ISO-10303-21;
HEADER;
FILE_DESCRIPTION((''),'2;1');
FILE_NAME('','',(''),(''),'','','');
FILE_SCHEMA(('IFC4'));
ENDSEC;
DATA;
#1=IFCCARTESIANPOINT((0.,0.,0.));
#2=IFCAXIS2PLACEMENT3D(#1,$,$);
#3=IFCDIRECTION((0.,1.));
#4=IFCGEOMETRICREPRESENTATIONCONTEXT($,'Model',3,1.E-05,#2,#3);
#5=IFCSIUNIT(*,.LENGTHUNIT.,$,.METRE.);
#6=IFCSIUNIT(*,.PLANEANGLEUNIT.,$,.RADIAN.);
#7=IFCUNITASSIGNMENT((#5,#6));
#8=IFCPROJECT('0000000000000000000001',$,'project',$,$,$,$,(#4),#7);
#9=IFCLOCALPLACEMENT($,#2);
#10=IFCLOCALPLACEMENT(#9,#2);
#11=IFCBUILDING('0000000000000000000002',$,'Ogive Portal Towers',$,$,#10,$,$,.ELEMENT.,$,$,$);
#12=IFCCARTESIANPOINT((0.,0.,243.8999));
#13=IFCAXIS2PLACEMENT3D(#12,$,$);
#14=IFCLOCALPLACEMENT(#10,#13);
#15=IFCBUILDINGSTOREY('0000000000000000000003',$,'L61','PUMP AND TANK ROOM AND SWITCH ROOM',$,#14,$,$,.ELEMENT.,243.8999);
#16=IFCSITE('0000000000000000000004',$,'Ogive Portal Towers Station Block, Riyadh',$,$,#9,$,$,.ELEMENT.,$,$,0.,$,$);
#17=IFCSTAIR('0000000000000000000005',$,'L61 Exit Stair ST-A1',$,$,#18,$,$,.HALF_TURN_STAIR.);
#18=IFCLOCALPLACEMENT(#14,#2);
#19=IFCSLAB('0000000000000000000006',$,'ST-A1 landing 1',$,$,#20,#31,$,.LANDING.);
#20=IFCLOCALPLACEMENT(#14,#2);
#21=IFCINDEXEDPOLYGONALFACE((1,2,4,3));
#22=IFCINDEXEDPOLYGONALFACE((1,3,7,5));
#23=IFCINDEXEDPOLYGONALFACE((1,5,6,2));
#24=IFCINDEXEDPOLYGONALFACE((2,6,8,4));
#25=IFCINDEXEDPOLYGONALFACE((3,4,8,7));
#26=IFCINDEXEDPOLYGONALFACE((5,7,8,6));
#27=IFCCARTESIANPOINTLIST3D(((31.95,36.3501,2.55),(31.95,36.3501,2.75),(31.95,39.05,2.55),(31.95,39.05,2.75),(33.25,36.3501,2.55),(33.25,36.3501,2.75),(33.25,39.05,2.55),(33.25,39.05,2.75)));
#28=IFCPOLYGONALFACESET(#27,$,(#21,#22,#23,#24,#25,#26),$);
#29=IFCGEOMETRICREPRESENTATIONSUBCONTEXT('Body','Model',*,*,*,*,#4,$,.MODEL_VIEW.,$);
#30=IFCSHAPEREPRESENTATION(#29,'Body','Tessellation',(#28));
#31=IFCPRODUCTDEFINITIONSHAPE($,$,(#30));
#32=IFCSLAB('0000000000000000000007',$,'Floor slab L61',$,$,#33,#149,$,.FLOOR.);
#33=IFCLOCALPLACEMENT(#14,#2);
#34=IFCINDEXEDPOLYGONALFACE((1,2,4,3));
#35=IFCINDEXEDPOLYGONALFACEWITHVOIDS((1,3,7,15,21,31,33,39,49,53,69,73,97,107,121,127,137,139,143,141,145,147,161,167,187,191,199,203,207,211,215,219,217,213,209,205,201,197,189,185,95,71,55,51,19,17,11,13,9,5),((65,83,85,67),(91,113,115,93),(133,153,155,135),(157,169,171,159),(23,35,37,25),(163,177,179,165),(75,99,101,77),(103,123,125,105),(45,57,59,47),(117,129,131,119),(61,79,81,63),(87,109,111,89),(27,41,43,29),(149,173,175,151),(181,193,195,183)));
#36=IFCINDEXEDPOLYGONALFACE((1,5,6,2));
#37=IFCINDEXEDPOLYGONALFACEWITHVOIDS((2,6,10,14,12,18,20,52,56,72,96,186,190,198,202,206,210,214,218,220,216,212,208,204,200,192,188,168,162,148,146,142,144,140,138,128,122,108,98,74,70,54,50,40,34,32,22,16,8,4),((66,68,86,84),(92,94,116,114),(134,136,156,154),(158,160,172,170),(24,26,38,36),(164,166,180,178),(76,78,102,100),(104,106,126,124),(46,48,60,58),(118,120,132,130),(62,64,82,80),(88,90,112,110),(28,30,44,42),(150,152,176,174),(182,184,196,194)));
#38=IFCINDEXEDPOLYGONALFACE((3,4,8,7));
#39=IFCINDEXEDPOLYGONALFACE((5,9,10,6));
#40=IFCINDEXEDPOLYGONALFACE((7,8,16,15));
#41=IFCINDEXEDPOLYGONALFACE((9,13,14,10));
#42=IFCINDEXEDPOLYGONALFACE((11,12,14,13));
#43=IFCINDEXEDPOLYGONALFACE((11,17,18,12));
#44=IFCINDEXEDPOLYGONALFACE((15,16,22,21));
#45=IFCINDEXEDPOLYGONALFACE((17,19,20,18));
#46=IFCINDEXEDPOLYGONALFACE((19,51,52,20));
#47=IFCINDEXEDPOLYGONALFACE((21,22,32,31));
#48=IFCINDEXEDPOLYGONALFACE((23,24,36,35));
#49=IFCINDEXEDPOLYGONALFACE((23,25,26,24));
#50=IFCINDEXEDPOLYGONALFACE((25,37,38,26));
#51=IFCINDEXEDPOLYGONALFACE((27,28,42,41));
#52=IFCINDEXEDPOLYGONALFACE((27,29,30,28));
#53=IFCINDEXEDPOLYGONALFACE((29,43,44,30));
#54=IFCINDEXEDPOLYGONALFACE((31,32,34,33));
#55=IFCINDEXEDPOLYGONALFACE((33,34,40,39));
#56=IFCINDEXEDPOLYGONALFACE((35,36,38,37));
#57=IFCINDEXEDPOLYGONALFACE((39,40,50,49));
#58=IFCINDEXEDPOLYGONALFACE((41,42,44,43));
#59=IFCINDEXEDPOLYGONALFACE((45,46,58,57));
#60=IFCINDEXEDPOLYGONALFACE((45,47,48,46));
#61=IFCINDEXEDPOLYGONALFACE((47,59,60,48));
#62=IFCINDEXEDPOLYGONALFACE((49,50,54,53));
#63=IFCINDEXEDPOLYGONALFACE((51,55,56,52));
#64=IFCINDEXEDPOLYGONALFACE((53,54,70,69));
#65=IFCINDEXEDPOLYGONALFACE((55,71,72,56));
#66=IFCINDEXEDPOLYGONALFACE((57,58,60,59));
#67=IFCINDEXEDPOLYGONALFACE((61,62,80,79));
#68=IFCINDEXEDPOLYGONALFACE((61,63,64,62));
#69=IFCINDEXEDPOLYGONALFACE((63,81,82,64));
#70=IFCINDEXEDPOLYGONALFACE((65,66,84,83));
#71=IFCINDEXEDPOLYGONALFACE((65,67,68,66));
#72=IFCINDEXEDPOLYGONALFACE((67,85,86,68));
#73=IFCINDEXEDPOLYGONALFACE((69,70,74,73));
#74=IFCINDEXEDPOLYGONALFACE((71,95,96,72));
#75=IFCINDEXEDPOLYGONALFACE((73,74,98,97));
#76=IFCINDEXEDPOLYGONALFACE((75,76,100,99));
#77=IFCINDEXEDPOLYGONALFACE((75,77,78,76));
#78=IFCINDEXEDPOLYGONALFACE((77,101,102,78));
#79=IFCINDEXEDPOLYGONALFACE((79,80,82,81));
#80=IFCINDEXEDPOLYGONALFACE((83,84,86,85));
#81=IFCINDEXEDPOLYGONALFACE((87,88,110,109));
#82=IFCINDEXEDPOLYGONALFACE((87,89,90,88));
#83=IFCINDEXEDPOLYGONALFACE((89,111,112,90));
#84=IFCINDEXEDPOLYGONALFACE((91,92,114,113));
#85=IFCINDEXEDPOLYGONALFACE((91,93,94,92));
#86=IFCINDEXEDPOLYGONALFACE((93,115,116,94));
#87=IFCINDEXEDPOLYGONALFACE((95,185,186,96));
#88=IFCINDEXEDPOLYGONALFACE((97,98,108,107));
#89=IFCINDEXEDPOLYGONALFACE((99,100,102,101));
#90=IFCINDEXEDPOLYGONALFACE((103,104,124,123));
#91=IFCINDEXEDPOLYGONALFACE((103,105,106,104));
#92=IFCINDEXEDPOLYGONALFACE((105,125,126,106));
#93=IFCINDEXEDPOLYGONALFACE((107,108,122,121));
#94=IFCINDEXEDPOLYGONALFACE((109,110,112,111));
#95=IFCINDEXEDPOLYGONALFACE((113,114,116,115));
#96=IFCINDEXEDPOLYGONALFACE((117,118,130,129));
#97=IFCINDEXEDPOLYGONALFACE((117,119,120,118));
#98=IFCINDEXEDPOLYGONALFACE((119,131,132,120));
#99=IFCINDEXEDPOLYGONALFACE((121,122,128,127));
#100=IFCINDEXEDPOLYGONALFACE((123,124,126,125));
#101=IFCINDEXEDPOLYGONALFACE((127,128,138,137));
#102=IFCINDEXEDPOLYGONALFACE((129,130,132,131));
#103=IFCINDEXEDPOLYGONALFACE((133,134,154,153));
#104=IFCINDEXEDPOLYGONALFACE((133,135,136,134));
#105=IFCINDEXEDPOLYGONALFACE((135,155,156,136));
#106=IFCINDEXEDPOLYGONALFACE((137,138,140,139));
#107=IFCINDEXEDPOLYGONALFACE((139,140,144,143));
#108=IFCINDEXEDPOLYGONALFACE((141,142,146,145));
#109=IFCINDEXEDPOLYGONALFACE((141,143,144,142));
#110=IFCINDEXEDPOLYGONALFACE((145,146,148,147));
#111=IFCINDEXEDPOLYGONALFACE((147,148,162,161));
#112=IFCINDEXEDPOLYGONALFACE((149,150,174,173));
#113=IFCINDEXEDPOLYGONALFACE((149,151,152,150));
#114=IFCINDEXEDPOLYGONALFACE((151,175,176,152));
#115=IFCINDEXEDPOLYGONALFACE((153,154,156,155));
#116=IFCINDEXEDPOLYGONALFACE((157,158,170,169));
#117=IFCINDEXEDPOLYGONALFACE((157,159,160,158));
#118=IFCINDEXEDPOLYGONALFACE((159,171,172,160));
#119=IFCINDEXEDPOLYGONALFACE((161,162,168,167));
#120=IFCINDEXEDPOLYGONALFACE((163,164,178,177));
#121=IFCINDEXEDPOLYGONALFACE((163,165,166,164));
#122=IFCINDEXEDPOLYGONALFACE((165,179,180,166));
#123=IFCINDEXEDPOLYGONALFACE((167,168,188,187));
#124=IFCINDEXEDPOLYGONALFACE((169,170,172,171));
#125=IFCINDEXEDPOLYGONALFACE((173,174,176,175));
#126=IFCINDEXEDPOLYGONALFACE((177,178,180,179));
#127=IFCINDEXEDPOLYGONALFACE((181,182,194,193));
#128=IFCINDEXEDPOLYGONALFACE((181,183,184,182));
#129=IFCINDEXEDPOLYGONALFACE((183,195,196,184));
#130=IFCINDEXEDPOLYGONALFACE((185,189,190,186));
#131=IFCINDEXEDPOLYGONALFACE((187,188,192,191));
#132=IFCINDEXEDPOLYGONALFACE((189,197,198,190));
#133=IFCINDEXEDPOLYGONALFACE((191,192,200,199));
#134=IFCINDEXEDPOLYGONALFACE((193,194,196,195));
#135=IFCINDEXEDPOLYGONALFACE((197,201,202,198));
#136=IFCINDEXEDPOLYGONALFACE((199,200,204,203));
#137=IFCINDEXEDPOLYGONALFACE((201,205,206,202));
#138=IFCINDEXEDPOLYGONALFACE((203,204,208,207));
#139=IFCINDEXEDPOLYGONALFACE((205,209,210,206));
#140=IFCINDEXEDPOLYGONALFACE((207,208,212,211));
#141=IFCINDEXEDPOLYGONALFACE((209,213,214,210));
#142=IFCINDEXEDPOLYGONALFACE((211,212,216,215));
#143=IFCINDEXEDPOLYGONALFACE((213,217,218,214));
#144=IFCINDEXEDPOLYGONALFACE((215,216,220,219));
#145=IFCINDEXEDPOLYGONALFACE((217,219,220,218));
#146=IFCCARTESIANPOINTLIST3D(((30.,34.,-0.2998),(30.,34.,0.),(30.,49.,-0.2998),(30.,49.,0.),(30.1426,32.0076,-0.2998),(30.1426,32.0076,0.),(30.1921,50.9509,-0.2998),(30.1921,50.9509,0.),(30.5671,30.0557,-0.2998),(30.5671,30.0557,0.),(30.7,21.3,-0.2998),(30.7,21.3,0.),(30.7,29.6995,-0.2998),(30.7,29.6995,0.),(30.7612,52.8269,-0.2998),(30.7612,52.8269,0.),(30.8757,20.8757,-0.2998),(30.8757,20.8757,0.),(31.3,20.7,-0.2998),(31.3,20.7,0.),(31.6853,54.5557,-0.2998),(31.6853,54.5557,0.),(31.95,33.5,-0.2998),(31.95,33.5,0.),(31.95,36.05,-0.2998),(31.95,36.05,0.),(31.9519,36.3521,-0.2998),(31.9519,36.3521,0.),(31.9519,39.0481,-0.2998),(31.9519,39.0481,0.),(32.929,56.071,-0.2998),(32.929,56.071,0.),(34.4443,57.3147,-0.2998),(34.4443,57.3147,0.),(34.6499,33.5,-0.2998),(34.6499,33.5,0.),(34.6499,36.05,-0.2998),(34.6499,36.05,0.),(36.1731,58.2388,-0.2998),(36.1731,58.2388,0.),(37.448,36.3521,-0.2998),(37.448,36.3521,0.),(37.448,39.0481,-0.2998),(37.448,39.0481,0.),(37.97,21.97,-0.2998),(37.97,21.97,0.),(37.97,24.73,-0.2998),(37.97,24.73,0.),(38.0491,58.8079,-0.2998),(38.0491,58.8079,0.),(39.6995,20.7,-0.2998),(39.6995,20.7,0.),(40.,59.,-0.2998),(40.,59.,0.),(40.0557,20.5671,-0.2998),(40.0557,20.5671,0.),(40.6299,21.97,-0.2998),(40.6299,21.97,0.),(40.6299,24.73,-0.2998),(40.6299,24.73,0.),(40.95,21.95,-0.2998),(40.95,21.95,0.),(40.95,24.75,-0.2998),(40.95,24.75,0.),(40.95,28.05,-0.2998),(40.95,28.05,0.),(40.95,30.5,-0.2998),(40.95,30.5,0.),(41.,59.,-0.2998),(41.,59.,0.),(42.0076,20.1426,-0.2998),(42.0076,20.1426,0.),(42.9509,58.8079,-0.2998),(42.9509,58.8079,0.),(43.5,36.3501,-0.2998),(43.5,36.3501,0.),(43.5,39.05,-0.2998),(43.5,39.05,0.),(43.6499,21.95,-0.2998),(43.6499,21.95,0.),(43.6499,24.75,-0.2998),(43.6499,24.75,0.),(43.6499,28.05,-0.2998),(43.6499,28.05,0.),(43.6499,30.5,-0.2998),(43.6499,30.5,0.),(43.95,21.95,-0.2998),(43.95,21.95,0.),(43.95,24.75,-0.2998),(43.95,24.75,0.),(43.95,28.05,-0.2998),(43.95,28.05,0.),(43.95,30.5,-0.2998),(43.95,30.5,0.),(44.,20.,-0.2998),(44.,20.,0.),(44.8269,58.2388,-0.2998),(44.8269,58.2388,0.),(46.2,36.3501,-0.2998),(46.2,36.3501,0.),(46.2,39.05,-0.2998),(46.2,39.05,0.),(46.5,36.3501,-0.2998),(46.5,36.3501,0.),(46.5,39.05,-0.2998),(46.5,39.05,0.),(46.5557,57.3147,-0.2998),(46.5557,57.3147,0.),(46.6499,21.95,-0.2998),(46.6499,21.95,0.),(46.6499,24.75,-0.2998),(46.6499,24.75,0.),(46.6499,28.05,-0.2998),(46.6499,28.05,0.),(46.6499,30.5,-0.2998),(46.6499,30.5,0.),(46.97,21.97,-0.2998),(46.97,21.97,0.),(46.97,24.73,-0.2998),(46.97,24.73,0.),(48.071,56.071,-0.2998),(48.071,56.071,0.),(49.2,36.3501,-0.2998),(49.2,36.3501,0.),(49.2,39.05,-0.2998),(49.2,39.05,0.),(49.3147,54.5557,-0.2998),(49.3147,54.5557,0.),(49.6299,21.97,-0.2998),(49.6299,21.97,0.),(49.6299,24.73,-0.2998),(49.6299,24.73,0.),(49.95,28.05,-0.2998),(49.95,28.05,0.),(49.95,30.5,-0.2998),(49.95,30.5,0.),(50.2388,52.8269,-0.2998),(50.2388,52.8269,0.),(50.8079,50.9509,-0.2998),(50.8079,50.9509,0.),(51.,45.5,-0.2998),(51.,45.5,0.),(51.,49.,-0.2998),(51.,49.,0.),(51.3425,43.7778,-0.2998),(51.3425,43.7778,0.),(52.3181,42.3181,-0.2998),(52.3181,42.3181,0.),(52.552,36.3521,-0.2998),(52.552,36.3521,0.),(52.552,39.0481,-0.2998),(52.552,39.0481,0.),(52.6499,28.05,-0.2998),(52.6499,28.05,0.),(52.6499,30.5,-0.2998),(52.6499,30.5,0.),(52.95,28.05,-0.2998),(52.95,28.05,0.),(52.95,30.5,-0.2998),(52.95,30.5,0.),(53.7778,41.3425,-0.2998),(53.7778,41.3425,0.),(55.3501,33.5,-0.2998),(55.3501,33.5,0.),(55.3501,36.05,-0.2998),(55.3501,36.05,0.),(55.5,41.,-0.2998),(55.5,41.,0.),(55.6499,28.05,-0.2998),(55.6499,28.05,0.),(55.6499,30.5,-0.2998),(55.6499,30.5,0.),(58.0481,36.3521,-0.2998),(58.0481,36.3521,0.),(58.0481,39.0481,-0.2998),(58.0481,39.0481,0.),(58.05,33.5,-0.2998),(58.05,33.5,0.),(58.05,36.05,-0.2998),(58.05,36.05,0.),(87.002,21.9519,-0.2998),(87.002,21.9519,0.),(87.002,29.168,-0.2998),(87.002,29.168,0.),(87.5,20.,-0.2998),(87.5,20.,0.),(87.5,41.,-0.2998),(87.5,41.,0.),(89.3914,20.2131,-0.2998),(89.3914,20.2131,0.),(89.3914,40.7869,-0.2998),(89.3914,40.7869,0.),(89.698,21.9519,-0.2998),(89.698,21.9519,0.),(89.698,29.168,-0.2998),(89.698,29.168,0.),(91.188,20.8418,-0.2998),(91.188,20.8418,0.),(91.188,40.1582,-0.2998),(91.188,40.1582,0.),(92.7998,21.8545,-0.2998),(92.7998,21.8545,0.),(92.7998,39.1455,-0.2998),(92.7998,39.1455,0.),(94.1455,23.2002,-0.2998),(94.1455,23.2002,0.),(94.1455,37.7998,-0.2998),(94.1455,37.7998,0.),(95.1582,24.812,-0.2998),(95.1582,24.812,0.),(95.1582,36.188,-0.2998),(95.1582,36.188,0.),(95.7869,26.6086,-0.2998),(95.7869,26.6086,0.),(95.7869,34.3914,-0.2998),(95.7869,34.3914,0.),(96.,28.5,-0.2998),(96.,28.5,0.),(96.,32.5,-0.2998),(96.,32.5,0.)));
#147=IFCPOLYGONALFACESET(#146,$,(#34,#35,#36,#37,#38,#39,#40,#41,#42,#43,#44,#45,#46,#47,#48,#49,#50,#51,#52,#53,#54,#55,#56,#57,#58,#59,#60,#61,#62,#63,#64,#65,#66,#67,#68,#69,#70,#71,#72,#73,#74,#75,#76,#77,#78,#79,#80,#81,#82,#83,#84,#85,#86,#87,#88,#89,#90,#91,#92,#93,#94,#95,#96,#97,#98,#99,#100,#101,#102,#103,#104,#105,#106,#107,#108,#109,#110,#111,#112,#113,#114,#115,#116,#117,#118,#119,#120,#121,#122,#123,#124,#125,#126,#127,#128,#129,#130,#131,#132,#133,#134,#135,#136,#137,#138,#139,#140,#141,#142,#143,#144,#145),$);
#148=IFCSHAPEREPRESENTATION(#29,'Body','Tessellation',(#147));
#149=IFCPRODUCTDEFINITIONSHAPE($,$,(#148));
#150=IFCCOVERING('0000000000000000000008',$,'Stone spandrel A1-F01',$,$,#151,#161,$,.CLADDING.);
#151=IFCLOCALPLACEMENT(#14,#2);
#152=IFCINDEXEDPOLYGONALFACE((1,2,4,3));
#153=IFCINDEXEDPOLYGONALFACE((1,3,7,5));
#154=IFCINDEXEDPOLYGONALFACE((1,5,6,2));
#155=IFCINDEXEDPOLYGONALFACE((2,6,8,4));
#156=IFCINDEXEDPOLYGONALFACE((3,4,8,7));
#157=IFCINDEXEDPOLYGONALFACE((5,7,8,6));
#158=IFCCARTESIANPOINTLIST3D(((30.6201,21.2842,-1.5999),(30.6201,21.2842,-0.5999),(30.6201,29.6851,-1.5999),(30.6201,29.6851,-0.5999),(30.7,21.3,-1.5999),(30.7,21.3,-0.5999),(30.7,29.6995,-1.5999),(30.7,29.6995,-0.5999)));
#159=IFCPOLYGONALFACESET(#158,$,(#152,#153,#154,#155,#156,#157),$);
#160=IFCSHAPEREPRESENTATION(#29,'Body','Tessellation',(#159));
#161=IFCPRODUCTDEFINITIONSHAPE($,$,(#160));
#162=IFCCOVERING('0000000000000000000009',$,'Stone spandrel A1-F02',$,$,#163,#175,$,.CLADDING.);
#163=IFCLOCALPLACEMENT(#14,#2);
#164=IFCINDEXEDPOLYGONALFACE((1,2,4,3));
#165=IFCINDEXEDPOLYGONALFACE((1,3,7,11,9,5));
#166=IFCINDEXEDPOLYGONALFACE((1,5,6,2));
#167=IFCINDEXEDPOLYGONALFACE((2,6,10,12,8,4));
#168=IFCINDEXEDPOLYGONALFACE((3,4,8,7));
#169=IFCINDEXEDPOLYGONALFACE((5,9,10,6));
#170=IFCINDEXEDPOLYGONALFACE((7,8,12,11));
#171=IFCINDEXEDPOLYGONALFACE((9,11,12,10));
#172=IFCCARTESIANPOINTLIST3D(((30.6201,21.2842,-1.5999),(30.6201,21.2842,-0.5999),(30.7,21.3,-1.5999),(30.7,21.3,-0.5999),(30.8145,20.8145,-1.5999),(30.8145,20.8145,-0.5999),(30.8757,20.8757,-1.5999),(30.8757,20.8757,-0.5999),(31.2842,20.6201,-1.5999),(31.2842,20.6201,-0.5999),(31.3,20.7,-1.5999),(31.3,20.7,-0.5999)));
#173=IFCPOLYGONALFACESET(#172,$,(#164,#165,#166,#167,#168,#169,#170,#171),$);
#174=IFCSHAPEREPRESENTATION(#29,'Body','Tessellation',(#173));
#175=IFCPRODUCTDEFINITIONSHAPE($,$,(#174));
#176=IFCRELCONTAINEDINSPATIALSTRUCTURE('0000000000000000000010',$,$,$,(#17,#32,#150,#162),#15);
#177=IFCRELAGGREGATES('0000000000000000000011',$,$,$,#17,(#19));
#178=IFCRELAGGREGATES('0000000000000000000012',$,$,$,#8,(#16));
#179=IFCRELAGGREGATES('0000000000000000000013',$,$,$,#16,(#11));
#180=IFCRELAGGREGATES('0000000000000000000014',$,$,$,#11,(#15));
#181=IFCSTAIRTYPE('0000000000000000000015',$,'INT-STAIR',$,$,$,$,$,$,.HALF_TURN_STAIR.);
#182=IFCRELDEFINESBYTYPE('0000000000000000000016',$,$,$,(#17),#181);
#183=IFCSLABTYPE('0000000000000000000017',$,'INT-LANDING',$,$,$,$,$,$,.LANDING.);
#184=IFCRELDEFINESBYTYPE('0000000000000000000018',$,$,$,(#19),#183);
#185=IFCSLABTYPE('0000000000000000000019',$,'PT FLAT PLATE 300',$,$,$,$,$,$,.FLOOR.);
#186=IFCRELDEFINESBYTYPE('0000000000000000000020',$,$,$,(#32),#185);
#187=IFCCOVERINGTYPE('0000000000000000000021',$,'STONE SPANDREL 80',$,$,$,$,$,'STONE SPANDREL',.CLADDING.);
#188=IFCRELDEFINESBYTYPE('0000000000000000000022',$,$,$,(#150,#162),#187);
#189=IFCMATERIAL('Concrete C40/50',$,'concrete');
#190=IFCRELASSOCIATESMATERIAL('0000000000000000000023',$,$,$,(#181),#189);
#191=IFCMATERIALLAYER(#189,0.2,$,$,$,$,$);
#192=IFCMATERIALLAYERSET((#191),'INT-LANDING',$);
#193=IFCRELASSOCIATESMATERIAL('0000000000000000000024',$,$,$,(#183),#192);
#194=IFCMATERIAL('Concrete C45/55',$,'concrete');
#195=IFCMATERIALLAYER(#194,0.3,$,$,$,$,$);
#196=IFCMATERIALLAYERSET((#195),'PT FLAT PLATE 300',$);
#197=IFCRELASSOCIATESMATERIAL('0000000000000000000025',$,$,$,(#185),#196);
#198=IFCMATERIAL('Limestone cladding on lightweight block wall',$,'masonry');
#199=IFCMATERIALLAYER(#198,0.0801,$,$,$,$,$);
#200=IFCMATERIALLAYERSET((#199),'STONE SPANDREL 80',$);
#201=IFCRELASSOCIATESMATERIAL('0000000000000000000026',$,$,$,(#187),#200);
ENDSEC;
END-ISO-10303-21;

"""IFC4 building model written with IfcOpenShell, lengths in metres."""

from ifc_helpers import new_model, si_unit, direction, frame, origin, place, context, subcontext, project, spatial, polyline, outline, extrude, material, layer, layer_set, type_object, element, aggregate, save


model = new_model("IFC4")

# Units and contexts
model_context = context("Model", 3, precision=1e-05, world=origin(), true_north=direction((0.0, 1.0)))
body_context = subcontext(model_context, "Body", "Model", "MODEL_VIEW")
ifc_project = project(units=[si_unit("LENGTHUNIT", "METRE"), si_unit("PLANEANGLEUNIT", "RADIAN")], contexts=[model_context])

# Site, building, storey
site_placement = place(None, origin())
site = spatial("IfcSite", under=ifc_project, at=site_placement, Name="Ogive Portal Towers Station Block, Riyadh", CompositionType="ELEMENT", RefElevation=0.0)
building_placement = place(site_placement, origin())
building = spatial("IfcBuilding", under=site, at=building_placement, Name="Ogive Portal Towers", CompositionType="ELEMENT")
storey_placement = place(building_placement, frame((0.0, 0.0, 243.8999)))
storey = spatial("IfcBuildingStorey", under=building, at=storey_placement, Name="L61", Description="PUMP AND TANK ROOM AND SWITCH ROOM", CompositionType="ELEMENT", Elevation=243.8999)

# Stair, slab
ifc_material_1 = material(Name="Concrete C40/50", Category="concrete")
stair_type = type_object("IfcStairType", Name="INT-STAIR", PredefinedType="HALF_TURN_STAIR", material=ifc_material_1)
stair_placement = place(storey_placement, origin())
stair = element("IfcStair", 1, at=stair_placement, inside=storey, type_object=stair_type, Name="L61 Exit Stair ST-A1", PredefinedType="HALF_TURN_STAIR")
ifc_layer_1 = layer(ifc_material_1, 0.2)
ifc_layer_set_1 = layer_set([ifc_layer_1], Name="INT-LANDING")
slab_type_1 = type_object("IfcSlabType", Name="INT-LANDING", PredefinedType="LANDING", material=ifc_layer_set_1)
slab_1_placement = place(storey_placement, frame((0.0, 0.0, 2.55)))
slab_1 = element("IfcSlab", 2, at=slab_1_placement, type_object=slab_type_1, Name="ST-A1 landing 1", PredefinedType="LANDING", context=body_context, shape_type="SweptSolid", body=[
    extrude(outline(polyline([(33.25, 39.05), (31.95, 39.05), (31.95, 36.3501), (33.25, 36.3501), (33.25, 39.05)])), origin(), (0.0, 0.0, 1.0), 0.2),
])
aggregate(stair, [slab_1])

# Slab
ifc_material_2 = material(Name="Concrete C45/55", Category="concrete")
ifc_layer_2 = layer(ifc_material_2, 0.3)
ifc_layer_set_2 = layer_set([ifc_layer_2], Name="PT FLAT PLATE 300")
slab_type_2 = type_object("IfcSlabType", Name="PT FLAT PLATE 300", PredefinedType="FLOOR", material=ifc_layer_set_2)
slab_2_placement = place(storey_placement, frame((0.0, 0.0, -0.2998)))
element("IfcSlab", 3, at=slab_2_placement, inside=storey, type_object=slab_type_2, Name="Floor slab L61", PredefinedType="FLOOR", context=body_context, shape_type="SweptSolid", body=[
    extrude(outline(polyline([(30.1426, 32.0076), (30.5671, 30.0557), (30.7, 29.6995), (30.7, 21.3), (30.8757, 20.8757), (31.3, 20.7), (39.6995, 20.7), (40.0557, 20.5671), (42.0076, 20.1426), (44.0, 20.0), (87.5, 20.0), (89.3914, 20.2131), (91.188, 20.8418), (92.7998, 21.8545), (94.1455, 23.2002), (95.1582, 24.812), (95.7869, 26.6086), (96.0, 28.5), (96.0, 32.5), (95.7869, 34.3914), (95.1582, 36.188), (94.1455, 37.7998), (92.7998, 39.1455), (91.188, 40.1582), (89.3914, 40.7869), (87.5, 41.0), (55.5, 41.0), (53.7778, 41.3425), (52.3181, 42.3181), (51.3425, 43.7778), (51.0, 45.5), (51.0, 49.0), (50.8079, 50.9509), (50.2388, 52.8269), (49.3147, 54.5557), (48.071, 56.071), (46.5557, 57.3147), (44.8269, 58.2388), (42.9509, 58.8079), (41.0, 59.0), (40.0, 59.0), (38.0491, 58.8079), (36.1731, 58.2388), (34.4443, 57.3147), (32.929, 56.071), (31.6853, 54.5557), (30.7612, 52.8269), (30.1921, 50.9509), (30.0, 49.0), (30.0, 34.0), (30.1426, 32.0076)]), holes=[polyline([(40.6299, 24.73), (40.6299, 21.97), (37.97, 21.97), (37.97, 24.73), (40.6299, 24.73)]), polyline([(43.6499, 24.75), (43.6499, 21.95), (40.95, 21.95), (40.95, 24.75), (43.6499, 24.75)]), polyline([(46.6499, 24.75), (46.6499, 21.95), (43.95, 21.95), (43.95, 24.75), (46.6499, 24.75)]), polyline([(43.6499, 30.5), (43.6499, 28.05), (40.95, 28.05), (40.95, 30.5), (43.6499, 30.5)]), polyline([(46.6499, 30.5), (46.6499, 28.05), (43.95, 28.05), (43.95, 30.5), (46.6499, 30.5)]), polyline([(34.6499, 36.05), (34.6499, 33.5), (31.95, 33.5), (31.95, 36.05), (34.6499, 36.05)]), polyline([(31.9519, 39.0481), (37.448, 39.0481), (37.448, 36.3521), (31.9519, 36.3521), (31.9519, 39.0481)]), polyline([(46.2, 39.05), (46.2, 36.3501), (43.5, 36.3501), (43.5, 39.05), (46.2, 39.05)]), polyline([(49.6299, 21.97), (46.97, 21.97), (46.97, 24.73), (49.6299, 24.73), (49.6299, 21.97)]), polyline([(87.002, 21.9519), (87.002, 29.168), (89.698, 29.168), (89.698, 21.9519), (87.002, 21.9519)]), polyline([(52.6499, 30.5), (52.6499, 28.05), (49.95, 28.05), (49.95, 30.5), (52.6499, 30.5)]), polyline([(55.6499, 30.5), (55.6499, 28.05), (52.95, 28.05), (52.95, 30.5), (55.6499, 30.5)]), polyline([(58.05, 36.05), (58.05, 33.5), (55.3501, 33.5), (55.3501, 36.05), (58.05, 36.05)]), polyline([(49.2, 39.05), (49.2, 36.3501), (46.5, 36.3501), (46.5, 39.05), (49.2, 39.05)]), polyline([(58.0481, 36.3521), (52.552, 36.3521), (52.552, 39.0481), (58.0481, 39.0481), (58.0481, 36.3521)])]), origin(), (0.0, 0.0, 1.0), 0.2998),
])

# Coverings
ifc_material_3 = material(Name="Limestone cladding on lightweight block wall", Category="masonry")
ifc_layer_3 = layer(ifc_material_3, 0.0801)
ifc_layer_set_3 = layer_set([ifc_layer_3], Name="STONE SPANDREL 80")
covering_type_1 = type_object("IfcCoveringType", Name="STONE SPANDREL 80", ElementType="STONE SPANDREL", PredefinedType="CLADDING", material=ifc_layer_set_3)
covering_1_placement = place(storey_placement, frame((0.0, 0.0, -1.5999)))
element("IfcCovering", 4, at=covering_1_placement, inside=storey, type_object=covering_type_1, Name="Stone spandrel A1-F01", PredefinedType="CLADDING", context=body_context, shape_type="SweptSolid", body=[
    extrude(outline(polyline([(30.7, 29.6995), (30.7, 21.3), (30.6201, 21.2842), (30.6201, 29.6851), (30.7, 29.6995)])), origin(), (0.0, 0.0, 1.0), 1.0),
])
covering_2_placement = place(storey_placement, frame((0.0, 0.0, -1.5999)))
element("IfcCovering", 5, at=covering_2_placement, inside=storey, type_object=covering_type_1, Name="Stone spandrel A1-F02", PredefinedType="CLADDING", context=body_context, shape_type="SweptSolid", body=[
    extrude(outline(polyline([(30.7, 21.3), (30.8757, 20.8757), (31.3, 20.7), (31.2842, 20.6201), (30.8145, 20.8145), (30.6201, 21.2842), (30.7, 21.3)])), origin(), (0.0, 0.0, 1.0), 1.0),
])

save(model, "model.ifc")
